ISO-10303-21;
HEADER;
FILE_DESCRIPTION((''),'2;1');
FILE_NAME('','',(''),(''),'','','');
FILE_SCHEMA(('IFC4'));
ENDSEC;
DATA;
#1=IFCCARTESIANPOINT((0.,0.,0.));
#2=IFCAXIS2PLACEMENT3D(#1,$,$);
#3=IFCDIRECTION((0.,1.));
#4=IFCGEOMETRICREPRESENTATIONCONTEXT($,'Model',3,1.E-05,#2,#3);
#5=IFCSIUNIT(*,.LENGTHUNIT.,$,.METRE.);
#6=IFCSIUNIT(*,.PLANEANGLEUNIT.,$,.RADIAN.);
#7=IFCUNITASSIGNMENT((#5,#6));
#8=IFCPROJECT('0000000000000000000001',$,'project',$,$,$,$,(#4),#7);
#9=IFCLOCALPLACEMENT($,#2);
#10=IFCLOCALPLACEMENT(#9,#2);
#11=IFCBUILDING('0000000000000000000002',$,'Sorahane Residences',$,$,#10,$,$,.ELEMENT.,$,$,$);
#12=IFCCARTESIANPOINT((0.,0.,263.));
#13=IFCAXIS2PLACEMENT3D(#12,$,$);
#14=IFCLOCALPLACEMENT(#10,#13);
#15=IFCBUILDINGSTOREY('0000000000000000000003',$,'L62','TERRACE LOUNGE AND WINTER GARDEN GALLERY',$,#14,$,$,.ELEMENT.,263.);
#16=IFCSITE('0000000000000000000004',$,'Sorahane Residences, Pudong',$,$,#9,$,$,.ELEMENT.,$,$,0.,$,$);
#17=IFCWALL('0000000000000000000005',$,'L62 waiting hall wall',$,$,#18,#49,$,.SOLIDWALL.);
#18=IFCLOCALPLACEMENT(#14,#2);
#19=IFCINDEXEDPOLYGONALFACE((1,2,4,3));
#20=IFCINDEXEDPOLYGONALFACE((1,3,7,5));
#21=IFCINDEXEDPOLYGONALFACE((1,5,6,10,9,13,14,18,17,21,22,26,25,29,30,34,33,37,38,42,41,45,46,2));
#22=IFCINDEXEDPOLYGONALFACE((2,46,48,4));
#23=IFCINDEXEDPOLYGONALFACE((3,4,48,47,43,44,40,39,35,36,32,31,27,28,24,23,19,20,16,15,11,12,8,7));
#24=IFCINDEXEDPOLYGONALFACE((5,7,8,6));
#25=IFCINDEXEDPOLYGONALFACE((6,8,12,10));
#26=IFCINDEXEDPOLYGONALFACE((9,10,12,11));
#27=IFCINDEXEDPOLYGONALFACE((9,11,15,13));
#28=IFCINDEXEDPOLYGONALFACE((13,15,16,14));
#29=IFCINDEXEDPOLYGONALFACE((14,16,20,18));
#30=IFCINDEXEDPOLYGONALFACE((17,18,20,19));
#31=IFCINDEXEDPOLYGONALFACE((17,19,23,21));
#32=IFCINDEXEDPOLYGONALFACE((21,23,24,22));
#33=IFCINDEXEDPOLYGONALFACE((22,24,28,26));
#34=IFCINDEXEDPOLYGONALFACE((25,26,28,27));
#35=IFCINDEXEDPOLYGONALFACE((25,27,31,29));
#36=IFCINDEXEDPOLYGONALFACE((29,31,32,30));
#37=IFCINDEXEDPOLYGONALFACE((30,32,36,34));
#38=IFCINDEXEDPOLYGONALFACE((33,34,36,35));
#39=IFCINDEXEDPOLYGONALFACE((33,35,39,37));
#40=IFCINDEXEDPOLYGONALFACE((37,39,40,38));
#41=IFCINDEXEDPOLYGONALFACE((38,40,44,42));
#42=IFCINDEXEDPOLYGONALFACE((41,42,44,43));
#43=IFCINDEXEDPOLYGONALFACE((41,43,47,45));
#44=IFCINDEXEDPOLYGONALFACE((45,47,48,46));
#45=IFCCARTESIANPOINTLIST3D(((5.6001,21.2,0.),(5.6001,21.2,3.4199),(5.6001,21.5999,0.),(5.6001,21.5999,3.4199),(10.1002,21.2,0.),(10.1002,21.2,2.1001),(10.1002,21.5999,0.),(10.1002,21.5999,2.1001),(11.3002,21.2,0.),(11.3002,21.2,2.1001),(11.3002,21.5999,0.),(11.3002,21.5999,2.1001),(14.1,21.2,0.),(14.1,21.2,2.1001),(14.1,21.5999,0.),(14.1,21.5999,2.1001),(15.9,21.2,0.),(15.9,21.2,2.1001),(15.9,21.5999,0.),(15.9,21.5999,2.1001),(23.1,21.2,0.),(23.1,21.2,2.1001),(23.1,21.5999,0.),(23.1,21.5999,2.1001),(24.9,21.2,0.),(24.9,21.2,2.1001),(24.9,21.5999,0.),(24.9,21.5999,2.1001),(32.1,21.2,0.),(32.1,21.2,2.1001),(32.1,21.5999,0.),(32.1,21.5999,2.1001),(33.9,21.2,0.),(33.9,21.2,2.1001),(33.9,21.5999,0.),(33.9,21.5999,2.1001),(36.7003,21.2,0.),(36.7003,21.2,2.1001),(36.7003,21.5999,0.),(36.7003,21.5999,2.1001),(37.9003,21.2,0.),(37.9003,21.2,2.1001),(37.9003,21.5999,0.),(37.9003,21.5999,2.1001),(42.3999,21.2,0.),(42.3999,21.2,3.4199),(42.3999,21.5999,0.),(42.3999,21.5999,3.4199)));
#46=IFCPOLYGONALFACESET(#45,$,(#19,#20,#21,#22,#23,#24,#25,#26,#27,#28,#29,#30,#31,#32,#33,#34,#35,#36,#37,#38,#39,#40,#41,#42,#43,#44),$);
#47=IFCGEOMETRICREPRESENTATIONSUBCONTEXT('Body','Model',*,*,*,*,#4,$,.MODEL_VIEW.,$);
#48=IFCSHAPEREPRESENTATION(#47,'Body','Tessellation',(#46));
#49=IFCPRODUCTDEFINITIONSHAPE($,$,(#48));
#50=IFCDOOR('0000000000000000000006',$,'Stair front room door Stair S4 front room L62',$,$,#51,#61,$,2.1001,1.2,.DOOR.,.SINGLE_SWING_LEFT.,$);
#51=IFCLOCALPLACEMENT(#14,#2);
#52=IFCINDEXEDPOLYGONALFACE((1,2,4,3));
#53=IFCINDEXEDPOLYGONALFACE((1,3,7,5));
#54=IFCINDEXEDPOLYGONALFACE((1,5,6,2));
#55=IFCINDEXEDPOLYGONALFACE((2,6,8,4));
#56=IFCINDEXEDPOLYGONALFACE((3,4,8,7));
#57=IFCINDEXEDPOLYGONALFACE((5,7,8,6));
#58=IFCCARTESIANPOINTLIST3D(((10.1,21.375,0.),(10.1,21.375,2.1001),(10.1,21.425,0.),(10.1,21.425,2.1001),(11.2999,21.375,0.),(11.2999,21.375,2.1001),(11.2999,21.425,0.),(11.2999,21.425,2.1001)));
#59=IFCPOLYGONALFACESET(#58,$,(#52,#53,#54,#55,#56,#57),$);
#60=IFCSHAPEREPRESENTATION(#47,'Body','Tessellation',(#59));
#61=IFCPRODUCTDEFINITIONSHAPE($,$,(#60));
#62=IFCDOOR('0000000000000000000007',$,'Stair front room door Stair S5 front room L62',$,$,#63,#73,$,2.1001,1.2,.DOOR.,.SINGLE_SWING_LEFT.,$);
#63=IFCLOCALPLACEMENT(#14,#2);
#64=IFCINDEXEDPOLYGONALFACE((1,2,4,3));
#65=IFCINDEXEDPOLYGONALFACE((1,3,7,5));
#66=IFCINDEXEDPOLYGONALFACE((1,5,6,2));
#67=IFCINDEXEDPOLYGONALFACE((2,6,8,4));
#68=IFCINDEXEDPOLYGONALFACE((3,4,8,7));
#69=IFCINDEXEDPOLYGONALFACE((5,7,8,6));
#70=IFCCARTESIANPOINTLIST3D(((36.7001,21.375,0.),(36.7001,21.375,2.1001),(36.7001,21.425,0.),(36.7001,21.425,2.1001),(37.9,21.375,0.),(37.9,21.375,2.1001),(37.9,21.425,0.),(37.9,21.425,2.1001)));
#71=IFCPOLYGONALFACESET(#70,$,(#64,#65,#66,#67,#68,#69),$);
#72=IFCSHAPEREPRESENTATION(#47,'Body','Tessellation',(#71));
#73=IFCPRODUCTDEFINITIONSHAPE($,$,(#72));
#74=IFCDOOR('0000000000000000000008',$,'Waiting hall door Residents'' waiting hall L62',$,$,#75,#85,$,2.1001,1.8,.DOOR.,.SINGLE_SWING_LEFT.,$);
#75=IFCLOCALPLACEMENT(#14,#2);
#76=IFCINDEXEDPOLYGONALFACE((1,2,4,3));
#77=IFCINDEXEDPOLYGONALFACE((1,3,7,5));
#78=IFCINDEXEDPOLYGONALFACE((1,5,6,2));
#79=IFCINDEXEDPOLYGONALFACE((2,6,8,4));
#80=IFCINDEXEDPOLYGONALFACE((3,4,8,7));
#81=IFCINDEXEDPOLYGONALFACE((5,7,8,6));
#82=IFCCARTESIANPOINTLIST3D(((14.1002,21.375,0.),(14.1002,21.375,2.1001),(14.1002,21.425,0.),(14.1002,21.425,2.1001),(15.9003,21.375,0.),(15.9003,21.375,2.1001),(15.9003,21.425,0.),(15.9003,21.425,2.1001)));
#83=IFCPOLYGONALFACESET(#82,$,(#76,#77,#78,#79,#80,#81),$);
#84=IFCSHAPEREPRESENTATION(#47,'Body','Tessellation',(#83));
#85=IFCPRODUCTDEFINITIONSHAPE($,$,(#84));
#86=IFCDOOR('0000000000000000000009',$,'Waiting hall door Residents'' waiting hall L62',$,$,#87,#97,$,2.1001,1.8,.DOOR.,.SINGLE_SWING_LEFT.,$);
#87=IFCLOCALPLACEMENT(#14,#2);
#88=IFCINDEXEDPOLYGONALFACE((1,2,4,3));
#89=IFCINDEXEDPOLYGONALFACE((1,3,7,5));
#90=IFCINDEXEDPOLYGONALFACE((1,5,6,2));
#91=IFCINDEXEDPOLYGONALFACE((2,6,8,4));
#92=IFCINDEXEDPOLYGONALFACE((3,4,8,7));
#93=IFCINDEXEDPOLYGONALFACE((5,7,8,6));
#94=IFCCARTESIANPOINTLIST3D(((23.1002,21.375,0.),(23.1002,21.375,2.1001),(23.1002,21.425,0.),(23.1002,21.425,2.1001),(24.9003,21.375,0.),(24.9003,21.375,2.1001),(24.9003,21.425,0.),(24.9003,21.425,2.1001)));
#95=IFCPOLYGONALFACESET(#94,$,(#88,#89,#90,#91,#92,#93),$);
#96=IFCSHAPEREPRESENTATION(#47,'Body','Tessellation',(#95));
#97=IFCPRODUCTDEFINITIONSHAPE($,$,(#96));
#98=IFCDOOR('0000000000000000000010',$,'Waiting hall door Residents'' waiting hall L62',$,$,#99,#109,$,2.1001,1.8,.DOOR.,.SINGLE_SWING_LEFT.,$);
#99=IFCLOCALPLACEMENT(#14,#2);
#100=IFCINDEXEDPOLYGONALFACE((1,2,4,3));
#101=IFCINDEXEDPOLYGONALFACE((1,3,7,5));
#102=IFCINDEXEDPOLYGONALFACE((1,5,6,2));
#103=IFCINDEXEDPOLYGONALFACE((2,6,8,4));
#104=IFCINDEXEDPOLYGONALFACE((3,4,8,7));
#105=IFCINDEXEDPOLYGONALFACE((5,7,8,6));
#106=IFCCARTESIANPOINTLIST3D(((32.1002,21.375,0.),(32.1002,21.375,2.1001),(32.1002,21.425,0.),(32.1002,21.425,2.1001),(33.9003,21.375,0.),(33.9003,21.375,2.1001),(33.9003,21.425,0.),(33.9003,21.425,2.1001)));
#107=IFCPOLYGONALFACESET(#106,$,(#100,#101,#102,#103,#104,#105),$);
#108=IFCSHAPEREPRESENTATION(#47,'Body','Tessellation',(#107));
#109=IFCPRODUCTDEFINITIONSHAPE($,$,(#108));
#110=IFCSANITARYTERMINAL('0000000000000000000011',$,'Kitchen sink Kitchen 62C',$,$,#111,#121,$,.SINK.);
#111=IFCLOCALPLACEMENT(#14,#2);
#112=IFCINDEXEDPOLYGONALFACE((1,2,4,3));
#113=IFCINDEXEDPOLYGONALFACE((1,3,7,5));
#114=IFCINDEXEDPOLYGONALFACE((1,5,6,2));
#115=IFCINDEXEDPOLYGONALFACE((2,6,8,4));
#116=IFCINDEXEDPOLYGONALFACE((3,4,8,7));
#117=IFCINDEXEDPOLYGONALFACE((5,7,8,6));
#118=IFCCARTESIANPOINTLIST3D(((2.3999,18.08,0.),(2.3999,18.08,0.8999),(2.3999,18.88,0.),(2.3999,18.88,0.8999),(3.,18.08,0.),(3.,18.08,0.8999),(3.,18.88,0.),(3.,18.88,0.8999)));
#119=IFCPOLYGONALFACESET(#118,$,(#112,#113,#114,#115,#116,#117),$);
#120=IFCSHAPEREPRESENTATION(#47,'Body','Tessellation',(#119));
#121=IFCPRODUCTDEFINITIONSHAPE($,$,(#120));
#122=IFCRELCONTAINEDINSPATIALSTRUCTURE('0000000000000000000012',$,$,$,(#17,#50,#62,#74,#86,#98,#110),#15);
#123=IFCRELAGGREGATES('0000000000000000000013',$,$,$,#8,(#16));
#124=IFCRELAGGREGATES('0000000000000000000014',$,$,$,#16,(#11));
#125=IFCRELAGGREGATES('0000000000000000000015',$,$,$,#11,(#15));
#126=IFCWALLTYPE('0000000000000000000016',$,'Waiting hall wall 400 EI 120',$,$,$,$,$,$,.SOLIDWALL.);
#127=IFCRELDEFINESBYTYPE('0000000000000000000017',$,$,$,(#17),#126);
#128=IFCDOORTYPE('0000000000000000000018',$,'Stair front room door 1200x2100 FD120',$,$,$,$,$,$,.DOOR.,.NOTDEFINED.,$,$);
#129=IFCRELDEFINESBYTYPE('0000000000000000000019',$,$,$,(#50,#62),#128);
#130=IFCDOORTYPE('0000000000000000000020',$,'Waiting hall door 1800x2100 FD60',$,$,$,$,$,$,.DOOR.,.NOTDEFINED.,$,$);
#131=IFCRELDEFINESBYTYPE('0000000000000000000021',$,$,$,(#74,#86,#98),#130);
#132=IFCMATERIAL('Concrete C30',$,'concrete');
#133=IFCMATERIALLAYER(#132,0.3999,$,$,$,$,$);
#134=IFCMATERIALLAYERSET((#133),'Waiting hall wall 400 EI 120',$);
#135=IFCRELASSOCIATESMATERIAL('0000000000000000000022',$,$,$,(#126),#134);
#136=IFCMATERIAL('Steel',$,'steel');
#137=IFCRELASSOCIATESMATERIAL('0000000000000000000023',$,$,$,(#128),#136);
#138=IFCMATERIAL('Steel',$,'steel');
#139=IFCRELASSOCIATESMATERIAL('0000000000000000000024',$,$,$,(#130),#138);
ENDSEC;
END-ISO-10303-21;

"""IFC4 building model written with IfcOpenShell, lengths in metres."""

from ifc_helpers import new_model, si_unit, direction, frame, frame_2d, origin, origin_2d, place, context, subcontext, project, spatial, rectangle, extrude, material, layer, layer_set, type_object, element, fill, save


model = new_model("IFC4")

# Units and contexts
model_context = context("Model", 3, precision=1e-05, world=origin(), true_north=direction((0.0, 1.0)))
body_context = subcontext(model_context, "Body", "Model", "MODEL_VIEW")
ifc_project = project(units=[si_unit("LENGTHUNIT", "METRE"), si_unit("PLANEANGLEUNIT", "RADIAN")], contexts=[model_context])

# Site, building, storey
site_placement = place(None, origin())
site = spatial("IfcSite", under=ifc_project, at=site_placement, Name="Sorahane Residences, Pudong", CompositionType="ELEMENT", RefElevation=0.0)
building_placement = place(site_placement, origin())
building = spatial("IfcBuilding", under=site, at=building_placement, Name="Sorahane Residences", CompositionType="ELEMENT")
storey_placement = place(building_placement, frame((0.0, 0.0, 263.0)))
storey = spatial("IfcBuildingStorey", under=building, at=storey_placement, Name="L62", Description="TERRACE LOUNGE AND WINTER GARDEN GALLERY", CompositionType="ELEMENT", Elevation=263.0)

# Wall, openings, doors
ifc_material_1 = material(Name="Concrete C30", Category="concrete")
ifc_layer_1 = layer(ifc_material_1, 0.3999)
ifc_layer_set_1 = layer_set([ifc_layer_1], Name="Waiting hall wall 400 EI 120")
wall_type_1 = type_object("IfcWallType", Name="Waiting hall wall 400 EI 120", PredefinedType="SOLIDWALL", material=ifc_layer_set_1)
wall_1_placement = place(storey_placement, frame((5.6001, 21.3999, 0.0), z_axis=(0.0, 0.0, 1.0), x_axis=(1.0, 0.0, 0.0)))
wall_1 = element("IfcWall", 1, at=wall_1_placement, inside=storey, type_object=wall_type_1, Name="L62 waiting hall wall", PredefinedType="SOLIDWALL", context=body_context, shape_type="SweptSolid", body=[
    extrude(rectangle(XDim=36.7998, YDim=0.3999, at=frame_2d((18.3999, 0.0))), origin(), (0.0, 0.0, 1.0), 3.4199),
])
opening_1_placement = place(wall_1_placement, frame((8.5, 0.0, 0.0)))
opening_1 = element("IfcOpeningElement", 2, at=opening_1_placement, cuts=wall_1, PredefinedType="OPENING", context=body_context, shape_type="SweptSolid", body=[
    extrude(rectangle(XDim=1.8, YDim=2.1001, at=frame_2d((0.8999, 1.05))), frame((0.0, 0.21, 0.0), z_axis=(0.0, -1.0, 0.0), x_axis=(1.0, 0.0, 0.0)), (0.0, 0.0, 1.0), 0.4199),
])
opening_2_placement = place(wall_1_placement, frame((17.5, 0.0, 0.0)))
opening_2 = element("IfcOpeningElement", 3, at=opening_2_placement, cuts=wall_1, PredefinedType="OPENING", context=body_context, shape_type="SweptSolid", body=[
    extrude(rectangle(XDim=1.8, YDim=2.1001, at=frame_2d((0.8999, 1.05))), frame((0.0, 0.21, 0.0), z_axis=(0.0, -1.0, 0.0), x_axis=(1.0, 0.0, 0.0)), (0.0, 0.0, 1.0), 0.4199),
])
opening_3_placement = place(wall_1_placement, frame((26.5, 0.0, 0.0)))
opening_3 = element("IfcOpeningElement", 4, at=opening_3_placement, cuts=wall_1, PredefinedType="OPENING", context=body_context, shape_type="SweptSolid", body=[
    extrude(rectangle(XDim=1.8, YDim=2.1001, at=frame_2d((0.8999, 1.05))), frame((0.0, 0.21, 0.0), z_axis=(0.0, -1.0, 0.0), x_axis=(1.0, 0.0, 0.0)), (0.0, 0.0, 1.0), 0.4199),
])
opening_4_placement = place(wall_1_placement, frame((4.5, 0.0, 0.0)))
opening_4 = element("IfcOpeningElement", 5, at=opening_4_placement, cuts=wall_1, PredefinedType="OPENING", context=body_context, shape_type="SweptSolid", body=[
    extrude(rectangle(XDim=1.2, YDim=2.1001, at=frame_2d((0.6001, 1.05))), frame((0.0, 0.21, 0.0), z_axis=(0.0, -1.0, 0.0), x_axis=(1.0, 0.0, 0.0)), (0.0, 0.0, 1.0), 0.4199),
])
opening_5_placement = place(wall_1_placement, frame((31.1001, 0.0, 0.0)))
opening_5 = element("IfcOpeningElement", 6, at=opening_5_placement, cuts=wall_1, PredefinedType="OPENING", context=body_context, shape_type="SweptSolid", body=[
    extrude(rectangle(XDim=1.2, YDim=2.1001, at=frame_2d((0.6001, 1.05))), frame((0.0, 0.21, 0.0), z_axis=(0.0, -1.0, 0.0), x_axis=(1.0, 0.0, 0.0)), (0.0, 0.0, 1.0), 0.4199),
])
ifc_material_2 = material(Name="Steel", Category="steel")
door_type_1 = type_object("IfcDoorType", Name="Stair front room door 1200x2100 FD120", OperationType="NOTDEFINED", PredefinedType="DOOR", material=ifc_material_2)
door_1_placement = place(opening_4_placement, frame((1.2, 0.0, 0.0), z_axis=(0.0, 0.0, 1.0), x_axis=(-1.0, 0.0, 0.0)))
door_1 = element("IfcDoor", 7, at=door_1_placement, inside=storey, type_object=door_type_1, Name="Stair front room door Stair S4 front room L62", OperationType="SINGLE_SWING_LEFT", OverallHeight=2.1001, OverallWidth=1.2, PredefinedType="DOOR", context=body_context, shape_type="SweptSolid", body=[
    extrude(rectangle(XDim=1.2, YDim=2.1001, at=frame_2d((0.6001, 1.05))), frame((0.0, 0.0249, 0.0), z_axis=(0.0, -1.0, 0.0), x_axis=(1.0, 0.0, 0.0)), (0.0, 0.0, 1.0), 0.05),
])
fill(opening_4, door_1)
door_2_placement = place(opening_5_placement, frame((1.2, 0.0, 0.0), z_axis=(0.0, 0.0, 1.0), x_axis=(-1.0, 0.0, 0.0)))
door_2 = element("IfcDoor", 8, at=door_2_placement, inside=storey, type_object=door_type_1, Name="Stair front room door Stair S5 front room L62", OperationType="SINGLE_SWING_LEFT", OverallHeight=2.1001, OverallWidth=1.2, PredefinedType="DOOR", context=body_context, shape_type="SweptSolid", body=[
    extrude(rectangle(XDim=1.2, YDim=2.1001, at=frame_2d((0.6001, 1.05))), frame((0.0, 0.0249, 0.0), z_axis=(0.0, -1.0, 0.0), x_axis=(1.0, 0.0, 0.0)), (0.0, 0.0, 1.0), 0.05),
])
fill(opening_5, door_2)
ifc_material_3 = material(Name="Steel", Category="steel")
door_type_2 = type_object("IfcDoorType", Name="Waiting hall door 1800x2100 FD60", OperationType="NOTDEFINED", PredefinedType="DOOR", material=ifc_material_3)
door_3_placement = place(opening_1_placement, frame((1.8, 0.0, 0.0), z_axis=(0.0, 0.0, 1.0), x_axis=(-1.0, 0.0, 0.0)))
door_3 = element("IfcDoor", 9, at=door_3_placement, inside=storey, type_object=door_type_2, Name="Waiting hall door Residents' waiting hall L62", OperationType="SINGLE_SWING_LEFT", OverallHeight=2.1001, OverallWidth=1.8, PredefinedType="DOOR", context=body_context, shape_type="SweptSolid", body=[
    extrude(rectangle(XDim=1.8, YDim=2.1001, at=frame_2d((0.8999, 1.05))), frame((0.0, 0.0249, 0.0), z_axis=(0.0, -1.0, 0.0), x_axis=(1.0, 0.0, 0.0)), (0.0, 0.0, 1.0), 0.05),
])
fill(opening_1, door_3)
door_4_placement = place(opening_2_placement, frame((1.8, 0.0, 0.0), z_axis=(0.0, 0.0, 1.0), x_axis=(-1.0, 0.0, 0.0)))
door_4 = element("IfcDoor", 10, at=door_4_placement, inside=storey, type_object=door_type_2, Name="Waiting hall door Residents' waiting hall L62", OperationType="SINGLE_SWING_LEFT", OverallHeight=2.1001, OverallWidth=1.8, PredefinedType="DOOR", context=body_context, shape_type="SweptSolid", body=[
    extrude(rectangle(XDim=1.8, YDim=2.1001, at=frame_2d((0.8999, 1.05))), frame((0.0, 0.0249, 0.0), z_axis=(0.0, -1.0, 0.0), x_axis=(1.0, 0.0, 0.0)), (0.0, 0.0, 1.0), 0.05),
])
fill(opening_2, door_4)
door_5_placement = place(opening_3_placement, frame((1.8, 0.0, 0.0), z_axis=(0.0, 0.0, 1.0), x_axis=(-1.0, 0.0, 0.0)))
door_5 = element("IfcDoor", 11, at=door_5_placement, inside=storey, type_object=door_type_2, Name="Waiting hall door Residents' waiting hall L62", OperationType="SINGLE_SWING_LEFT", OverallHeight=2.1001, OverallWidth=1.8, PredefinedType="DOOR", context=body_context, shape_type="SweptSolid", body=[
    extrude(rectangle(XDim=1.8, YDim=2.1001, at=frame_2d((0.8999, 1.05))), frame((0.0, 0.0249, 0.0), z_axis=(0.0, -1.0, 0.0), x_axis=(1.0, 0.0, 0.0)), (0.0, 0.0, 1.0), 0.05),
])
fill(opening_3, door_5)

# Sanitary terminal
sanitary_terminal_placement = place(storey_placement, frame((2.7, 18.48, 0.0), z_axis=(0.0, 0.0, 1.0), x_axis=(0.0, -1.0, 0.0)))
element("IfcSanitaryTerminal", 12, at=sanitary_terminal_placement, inside=storey, Name="Kitchen sink Kitchen 62C", PredefinedType="SINK", context=body_context, shape_type="SweptSolid", body=[
    extrude(rectangle(XDim=0.8, YDim=0.6001, at=origin_2d()), origin(), (0.0, 0.0, 1.0), 0.8999),
])

save(model, "model.ifc")
